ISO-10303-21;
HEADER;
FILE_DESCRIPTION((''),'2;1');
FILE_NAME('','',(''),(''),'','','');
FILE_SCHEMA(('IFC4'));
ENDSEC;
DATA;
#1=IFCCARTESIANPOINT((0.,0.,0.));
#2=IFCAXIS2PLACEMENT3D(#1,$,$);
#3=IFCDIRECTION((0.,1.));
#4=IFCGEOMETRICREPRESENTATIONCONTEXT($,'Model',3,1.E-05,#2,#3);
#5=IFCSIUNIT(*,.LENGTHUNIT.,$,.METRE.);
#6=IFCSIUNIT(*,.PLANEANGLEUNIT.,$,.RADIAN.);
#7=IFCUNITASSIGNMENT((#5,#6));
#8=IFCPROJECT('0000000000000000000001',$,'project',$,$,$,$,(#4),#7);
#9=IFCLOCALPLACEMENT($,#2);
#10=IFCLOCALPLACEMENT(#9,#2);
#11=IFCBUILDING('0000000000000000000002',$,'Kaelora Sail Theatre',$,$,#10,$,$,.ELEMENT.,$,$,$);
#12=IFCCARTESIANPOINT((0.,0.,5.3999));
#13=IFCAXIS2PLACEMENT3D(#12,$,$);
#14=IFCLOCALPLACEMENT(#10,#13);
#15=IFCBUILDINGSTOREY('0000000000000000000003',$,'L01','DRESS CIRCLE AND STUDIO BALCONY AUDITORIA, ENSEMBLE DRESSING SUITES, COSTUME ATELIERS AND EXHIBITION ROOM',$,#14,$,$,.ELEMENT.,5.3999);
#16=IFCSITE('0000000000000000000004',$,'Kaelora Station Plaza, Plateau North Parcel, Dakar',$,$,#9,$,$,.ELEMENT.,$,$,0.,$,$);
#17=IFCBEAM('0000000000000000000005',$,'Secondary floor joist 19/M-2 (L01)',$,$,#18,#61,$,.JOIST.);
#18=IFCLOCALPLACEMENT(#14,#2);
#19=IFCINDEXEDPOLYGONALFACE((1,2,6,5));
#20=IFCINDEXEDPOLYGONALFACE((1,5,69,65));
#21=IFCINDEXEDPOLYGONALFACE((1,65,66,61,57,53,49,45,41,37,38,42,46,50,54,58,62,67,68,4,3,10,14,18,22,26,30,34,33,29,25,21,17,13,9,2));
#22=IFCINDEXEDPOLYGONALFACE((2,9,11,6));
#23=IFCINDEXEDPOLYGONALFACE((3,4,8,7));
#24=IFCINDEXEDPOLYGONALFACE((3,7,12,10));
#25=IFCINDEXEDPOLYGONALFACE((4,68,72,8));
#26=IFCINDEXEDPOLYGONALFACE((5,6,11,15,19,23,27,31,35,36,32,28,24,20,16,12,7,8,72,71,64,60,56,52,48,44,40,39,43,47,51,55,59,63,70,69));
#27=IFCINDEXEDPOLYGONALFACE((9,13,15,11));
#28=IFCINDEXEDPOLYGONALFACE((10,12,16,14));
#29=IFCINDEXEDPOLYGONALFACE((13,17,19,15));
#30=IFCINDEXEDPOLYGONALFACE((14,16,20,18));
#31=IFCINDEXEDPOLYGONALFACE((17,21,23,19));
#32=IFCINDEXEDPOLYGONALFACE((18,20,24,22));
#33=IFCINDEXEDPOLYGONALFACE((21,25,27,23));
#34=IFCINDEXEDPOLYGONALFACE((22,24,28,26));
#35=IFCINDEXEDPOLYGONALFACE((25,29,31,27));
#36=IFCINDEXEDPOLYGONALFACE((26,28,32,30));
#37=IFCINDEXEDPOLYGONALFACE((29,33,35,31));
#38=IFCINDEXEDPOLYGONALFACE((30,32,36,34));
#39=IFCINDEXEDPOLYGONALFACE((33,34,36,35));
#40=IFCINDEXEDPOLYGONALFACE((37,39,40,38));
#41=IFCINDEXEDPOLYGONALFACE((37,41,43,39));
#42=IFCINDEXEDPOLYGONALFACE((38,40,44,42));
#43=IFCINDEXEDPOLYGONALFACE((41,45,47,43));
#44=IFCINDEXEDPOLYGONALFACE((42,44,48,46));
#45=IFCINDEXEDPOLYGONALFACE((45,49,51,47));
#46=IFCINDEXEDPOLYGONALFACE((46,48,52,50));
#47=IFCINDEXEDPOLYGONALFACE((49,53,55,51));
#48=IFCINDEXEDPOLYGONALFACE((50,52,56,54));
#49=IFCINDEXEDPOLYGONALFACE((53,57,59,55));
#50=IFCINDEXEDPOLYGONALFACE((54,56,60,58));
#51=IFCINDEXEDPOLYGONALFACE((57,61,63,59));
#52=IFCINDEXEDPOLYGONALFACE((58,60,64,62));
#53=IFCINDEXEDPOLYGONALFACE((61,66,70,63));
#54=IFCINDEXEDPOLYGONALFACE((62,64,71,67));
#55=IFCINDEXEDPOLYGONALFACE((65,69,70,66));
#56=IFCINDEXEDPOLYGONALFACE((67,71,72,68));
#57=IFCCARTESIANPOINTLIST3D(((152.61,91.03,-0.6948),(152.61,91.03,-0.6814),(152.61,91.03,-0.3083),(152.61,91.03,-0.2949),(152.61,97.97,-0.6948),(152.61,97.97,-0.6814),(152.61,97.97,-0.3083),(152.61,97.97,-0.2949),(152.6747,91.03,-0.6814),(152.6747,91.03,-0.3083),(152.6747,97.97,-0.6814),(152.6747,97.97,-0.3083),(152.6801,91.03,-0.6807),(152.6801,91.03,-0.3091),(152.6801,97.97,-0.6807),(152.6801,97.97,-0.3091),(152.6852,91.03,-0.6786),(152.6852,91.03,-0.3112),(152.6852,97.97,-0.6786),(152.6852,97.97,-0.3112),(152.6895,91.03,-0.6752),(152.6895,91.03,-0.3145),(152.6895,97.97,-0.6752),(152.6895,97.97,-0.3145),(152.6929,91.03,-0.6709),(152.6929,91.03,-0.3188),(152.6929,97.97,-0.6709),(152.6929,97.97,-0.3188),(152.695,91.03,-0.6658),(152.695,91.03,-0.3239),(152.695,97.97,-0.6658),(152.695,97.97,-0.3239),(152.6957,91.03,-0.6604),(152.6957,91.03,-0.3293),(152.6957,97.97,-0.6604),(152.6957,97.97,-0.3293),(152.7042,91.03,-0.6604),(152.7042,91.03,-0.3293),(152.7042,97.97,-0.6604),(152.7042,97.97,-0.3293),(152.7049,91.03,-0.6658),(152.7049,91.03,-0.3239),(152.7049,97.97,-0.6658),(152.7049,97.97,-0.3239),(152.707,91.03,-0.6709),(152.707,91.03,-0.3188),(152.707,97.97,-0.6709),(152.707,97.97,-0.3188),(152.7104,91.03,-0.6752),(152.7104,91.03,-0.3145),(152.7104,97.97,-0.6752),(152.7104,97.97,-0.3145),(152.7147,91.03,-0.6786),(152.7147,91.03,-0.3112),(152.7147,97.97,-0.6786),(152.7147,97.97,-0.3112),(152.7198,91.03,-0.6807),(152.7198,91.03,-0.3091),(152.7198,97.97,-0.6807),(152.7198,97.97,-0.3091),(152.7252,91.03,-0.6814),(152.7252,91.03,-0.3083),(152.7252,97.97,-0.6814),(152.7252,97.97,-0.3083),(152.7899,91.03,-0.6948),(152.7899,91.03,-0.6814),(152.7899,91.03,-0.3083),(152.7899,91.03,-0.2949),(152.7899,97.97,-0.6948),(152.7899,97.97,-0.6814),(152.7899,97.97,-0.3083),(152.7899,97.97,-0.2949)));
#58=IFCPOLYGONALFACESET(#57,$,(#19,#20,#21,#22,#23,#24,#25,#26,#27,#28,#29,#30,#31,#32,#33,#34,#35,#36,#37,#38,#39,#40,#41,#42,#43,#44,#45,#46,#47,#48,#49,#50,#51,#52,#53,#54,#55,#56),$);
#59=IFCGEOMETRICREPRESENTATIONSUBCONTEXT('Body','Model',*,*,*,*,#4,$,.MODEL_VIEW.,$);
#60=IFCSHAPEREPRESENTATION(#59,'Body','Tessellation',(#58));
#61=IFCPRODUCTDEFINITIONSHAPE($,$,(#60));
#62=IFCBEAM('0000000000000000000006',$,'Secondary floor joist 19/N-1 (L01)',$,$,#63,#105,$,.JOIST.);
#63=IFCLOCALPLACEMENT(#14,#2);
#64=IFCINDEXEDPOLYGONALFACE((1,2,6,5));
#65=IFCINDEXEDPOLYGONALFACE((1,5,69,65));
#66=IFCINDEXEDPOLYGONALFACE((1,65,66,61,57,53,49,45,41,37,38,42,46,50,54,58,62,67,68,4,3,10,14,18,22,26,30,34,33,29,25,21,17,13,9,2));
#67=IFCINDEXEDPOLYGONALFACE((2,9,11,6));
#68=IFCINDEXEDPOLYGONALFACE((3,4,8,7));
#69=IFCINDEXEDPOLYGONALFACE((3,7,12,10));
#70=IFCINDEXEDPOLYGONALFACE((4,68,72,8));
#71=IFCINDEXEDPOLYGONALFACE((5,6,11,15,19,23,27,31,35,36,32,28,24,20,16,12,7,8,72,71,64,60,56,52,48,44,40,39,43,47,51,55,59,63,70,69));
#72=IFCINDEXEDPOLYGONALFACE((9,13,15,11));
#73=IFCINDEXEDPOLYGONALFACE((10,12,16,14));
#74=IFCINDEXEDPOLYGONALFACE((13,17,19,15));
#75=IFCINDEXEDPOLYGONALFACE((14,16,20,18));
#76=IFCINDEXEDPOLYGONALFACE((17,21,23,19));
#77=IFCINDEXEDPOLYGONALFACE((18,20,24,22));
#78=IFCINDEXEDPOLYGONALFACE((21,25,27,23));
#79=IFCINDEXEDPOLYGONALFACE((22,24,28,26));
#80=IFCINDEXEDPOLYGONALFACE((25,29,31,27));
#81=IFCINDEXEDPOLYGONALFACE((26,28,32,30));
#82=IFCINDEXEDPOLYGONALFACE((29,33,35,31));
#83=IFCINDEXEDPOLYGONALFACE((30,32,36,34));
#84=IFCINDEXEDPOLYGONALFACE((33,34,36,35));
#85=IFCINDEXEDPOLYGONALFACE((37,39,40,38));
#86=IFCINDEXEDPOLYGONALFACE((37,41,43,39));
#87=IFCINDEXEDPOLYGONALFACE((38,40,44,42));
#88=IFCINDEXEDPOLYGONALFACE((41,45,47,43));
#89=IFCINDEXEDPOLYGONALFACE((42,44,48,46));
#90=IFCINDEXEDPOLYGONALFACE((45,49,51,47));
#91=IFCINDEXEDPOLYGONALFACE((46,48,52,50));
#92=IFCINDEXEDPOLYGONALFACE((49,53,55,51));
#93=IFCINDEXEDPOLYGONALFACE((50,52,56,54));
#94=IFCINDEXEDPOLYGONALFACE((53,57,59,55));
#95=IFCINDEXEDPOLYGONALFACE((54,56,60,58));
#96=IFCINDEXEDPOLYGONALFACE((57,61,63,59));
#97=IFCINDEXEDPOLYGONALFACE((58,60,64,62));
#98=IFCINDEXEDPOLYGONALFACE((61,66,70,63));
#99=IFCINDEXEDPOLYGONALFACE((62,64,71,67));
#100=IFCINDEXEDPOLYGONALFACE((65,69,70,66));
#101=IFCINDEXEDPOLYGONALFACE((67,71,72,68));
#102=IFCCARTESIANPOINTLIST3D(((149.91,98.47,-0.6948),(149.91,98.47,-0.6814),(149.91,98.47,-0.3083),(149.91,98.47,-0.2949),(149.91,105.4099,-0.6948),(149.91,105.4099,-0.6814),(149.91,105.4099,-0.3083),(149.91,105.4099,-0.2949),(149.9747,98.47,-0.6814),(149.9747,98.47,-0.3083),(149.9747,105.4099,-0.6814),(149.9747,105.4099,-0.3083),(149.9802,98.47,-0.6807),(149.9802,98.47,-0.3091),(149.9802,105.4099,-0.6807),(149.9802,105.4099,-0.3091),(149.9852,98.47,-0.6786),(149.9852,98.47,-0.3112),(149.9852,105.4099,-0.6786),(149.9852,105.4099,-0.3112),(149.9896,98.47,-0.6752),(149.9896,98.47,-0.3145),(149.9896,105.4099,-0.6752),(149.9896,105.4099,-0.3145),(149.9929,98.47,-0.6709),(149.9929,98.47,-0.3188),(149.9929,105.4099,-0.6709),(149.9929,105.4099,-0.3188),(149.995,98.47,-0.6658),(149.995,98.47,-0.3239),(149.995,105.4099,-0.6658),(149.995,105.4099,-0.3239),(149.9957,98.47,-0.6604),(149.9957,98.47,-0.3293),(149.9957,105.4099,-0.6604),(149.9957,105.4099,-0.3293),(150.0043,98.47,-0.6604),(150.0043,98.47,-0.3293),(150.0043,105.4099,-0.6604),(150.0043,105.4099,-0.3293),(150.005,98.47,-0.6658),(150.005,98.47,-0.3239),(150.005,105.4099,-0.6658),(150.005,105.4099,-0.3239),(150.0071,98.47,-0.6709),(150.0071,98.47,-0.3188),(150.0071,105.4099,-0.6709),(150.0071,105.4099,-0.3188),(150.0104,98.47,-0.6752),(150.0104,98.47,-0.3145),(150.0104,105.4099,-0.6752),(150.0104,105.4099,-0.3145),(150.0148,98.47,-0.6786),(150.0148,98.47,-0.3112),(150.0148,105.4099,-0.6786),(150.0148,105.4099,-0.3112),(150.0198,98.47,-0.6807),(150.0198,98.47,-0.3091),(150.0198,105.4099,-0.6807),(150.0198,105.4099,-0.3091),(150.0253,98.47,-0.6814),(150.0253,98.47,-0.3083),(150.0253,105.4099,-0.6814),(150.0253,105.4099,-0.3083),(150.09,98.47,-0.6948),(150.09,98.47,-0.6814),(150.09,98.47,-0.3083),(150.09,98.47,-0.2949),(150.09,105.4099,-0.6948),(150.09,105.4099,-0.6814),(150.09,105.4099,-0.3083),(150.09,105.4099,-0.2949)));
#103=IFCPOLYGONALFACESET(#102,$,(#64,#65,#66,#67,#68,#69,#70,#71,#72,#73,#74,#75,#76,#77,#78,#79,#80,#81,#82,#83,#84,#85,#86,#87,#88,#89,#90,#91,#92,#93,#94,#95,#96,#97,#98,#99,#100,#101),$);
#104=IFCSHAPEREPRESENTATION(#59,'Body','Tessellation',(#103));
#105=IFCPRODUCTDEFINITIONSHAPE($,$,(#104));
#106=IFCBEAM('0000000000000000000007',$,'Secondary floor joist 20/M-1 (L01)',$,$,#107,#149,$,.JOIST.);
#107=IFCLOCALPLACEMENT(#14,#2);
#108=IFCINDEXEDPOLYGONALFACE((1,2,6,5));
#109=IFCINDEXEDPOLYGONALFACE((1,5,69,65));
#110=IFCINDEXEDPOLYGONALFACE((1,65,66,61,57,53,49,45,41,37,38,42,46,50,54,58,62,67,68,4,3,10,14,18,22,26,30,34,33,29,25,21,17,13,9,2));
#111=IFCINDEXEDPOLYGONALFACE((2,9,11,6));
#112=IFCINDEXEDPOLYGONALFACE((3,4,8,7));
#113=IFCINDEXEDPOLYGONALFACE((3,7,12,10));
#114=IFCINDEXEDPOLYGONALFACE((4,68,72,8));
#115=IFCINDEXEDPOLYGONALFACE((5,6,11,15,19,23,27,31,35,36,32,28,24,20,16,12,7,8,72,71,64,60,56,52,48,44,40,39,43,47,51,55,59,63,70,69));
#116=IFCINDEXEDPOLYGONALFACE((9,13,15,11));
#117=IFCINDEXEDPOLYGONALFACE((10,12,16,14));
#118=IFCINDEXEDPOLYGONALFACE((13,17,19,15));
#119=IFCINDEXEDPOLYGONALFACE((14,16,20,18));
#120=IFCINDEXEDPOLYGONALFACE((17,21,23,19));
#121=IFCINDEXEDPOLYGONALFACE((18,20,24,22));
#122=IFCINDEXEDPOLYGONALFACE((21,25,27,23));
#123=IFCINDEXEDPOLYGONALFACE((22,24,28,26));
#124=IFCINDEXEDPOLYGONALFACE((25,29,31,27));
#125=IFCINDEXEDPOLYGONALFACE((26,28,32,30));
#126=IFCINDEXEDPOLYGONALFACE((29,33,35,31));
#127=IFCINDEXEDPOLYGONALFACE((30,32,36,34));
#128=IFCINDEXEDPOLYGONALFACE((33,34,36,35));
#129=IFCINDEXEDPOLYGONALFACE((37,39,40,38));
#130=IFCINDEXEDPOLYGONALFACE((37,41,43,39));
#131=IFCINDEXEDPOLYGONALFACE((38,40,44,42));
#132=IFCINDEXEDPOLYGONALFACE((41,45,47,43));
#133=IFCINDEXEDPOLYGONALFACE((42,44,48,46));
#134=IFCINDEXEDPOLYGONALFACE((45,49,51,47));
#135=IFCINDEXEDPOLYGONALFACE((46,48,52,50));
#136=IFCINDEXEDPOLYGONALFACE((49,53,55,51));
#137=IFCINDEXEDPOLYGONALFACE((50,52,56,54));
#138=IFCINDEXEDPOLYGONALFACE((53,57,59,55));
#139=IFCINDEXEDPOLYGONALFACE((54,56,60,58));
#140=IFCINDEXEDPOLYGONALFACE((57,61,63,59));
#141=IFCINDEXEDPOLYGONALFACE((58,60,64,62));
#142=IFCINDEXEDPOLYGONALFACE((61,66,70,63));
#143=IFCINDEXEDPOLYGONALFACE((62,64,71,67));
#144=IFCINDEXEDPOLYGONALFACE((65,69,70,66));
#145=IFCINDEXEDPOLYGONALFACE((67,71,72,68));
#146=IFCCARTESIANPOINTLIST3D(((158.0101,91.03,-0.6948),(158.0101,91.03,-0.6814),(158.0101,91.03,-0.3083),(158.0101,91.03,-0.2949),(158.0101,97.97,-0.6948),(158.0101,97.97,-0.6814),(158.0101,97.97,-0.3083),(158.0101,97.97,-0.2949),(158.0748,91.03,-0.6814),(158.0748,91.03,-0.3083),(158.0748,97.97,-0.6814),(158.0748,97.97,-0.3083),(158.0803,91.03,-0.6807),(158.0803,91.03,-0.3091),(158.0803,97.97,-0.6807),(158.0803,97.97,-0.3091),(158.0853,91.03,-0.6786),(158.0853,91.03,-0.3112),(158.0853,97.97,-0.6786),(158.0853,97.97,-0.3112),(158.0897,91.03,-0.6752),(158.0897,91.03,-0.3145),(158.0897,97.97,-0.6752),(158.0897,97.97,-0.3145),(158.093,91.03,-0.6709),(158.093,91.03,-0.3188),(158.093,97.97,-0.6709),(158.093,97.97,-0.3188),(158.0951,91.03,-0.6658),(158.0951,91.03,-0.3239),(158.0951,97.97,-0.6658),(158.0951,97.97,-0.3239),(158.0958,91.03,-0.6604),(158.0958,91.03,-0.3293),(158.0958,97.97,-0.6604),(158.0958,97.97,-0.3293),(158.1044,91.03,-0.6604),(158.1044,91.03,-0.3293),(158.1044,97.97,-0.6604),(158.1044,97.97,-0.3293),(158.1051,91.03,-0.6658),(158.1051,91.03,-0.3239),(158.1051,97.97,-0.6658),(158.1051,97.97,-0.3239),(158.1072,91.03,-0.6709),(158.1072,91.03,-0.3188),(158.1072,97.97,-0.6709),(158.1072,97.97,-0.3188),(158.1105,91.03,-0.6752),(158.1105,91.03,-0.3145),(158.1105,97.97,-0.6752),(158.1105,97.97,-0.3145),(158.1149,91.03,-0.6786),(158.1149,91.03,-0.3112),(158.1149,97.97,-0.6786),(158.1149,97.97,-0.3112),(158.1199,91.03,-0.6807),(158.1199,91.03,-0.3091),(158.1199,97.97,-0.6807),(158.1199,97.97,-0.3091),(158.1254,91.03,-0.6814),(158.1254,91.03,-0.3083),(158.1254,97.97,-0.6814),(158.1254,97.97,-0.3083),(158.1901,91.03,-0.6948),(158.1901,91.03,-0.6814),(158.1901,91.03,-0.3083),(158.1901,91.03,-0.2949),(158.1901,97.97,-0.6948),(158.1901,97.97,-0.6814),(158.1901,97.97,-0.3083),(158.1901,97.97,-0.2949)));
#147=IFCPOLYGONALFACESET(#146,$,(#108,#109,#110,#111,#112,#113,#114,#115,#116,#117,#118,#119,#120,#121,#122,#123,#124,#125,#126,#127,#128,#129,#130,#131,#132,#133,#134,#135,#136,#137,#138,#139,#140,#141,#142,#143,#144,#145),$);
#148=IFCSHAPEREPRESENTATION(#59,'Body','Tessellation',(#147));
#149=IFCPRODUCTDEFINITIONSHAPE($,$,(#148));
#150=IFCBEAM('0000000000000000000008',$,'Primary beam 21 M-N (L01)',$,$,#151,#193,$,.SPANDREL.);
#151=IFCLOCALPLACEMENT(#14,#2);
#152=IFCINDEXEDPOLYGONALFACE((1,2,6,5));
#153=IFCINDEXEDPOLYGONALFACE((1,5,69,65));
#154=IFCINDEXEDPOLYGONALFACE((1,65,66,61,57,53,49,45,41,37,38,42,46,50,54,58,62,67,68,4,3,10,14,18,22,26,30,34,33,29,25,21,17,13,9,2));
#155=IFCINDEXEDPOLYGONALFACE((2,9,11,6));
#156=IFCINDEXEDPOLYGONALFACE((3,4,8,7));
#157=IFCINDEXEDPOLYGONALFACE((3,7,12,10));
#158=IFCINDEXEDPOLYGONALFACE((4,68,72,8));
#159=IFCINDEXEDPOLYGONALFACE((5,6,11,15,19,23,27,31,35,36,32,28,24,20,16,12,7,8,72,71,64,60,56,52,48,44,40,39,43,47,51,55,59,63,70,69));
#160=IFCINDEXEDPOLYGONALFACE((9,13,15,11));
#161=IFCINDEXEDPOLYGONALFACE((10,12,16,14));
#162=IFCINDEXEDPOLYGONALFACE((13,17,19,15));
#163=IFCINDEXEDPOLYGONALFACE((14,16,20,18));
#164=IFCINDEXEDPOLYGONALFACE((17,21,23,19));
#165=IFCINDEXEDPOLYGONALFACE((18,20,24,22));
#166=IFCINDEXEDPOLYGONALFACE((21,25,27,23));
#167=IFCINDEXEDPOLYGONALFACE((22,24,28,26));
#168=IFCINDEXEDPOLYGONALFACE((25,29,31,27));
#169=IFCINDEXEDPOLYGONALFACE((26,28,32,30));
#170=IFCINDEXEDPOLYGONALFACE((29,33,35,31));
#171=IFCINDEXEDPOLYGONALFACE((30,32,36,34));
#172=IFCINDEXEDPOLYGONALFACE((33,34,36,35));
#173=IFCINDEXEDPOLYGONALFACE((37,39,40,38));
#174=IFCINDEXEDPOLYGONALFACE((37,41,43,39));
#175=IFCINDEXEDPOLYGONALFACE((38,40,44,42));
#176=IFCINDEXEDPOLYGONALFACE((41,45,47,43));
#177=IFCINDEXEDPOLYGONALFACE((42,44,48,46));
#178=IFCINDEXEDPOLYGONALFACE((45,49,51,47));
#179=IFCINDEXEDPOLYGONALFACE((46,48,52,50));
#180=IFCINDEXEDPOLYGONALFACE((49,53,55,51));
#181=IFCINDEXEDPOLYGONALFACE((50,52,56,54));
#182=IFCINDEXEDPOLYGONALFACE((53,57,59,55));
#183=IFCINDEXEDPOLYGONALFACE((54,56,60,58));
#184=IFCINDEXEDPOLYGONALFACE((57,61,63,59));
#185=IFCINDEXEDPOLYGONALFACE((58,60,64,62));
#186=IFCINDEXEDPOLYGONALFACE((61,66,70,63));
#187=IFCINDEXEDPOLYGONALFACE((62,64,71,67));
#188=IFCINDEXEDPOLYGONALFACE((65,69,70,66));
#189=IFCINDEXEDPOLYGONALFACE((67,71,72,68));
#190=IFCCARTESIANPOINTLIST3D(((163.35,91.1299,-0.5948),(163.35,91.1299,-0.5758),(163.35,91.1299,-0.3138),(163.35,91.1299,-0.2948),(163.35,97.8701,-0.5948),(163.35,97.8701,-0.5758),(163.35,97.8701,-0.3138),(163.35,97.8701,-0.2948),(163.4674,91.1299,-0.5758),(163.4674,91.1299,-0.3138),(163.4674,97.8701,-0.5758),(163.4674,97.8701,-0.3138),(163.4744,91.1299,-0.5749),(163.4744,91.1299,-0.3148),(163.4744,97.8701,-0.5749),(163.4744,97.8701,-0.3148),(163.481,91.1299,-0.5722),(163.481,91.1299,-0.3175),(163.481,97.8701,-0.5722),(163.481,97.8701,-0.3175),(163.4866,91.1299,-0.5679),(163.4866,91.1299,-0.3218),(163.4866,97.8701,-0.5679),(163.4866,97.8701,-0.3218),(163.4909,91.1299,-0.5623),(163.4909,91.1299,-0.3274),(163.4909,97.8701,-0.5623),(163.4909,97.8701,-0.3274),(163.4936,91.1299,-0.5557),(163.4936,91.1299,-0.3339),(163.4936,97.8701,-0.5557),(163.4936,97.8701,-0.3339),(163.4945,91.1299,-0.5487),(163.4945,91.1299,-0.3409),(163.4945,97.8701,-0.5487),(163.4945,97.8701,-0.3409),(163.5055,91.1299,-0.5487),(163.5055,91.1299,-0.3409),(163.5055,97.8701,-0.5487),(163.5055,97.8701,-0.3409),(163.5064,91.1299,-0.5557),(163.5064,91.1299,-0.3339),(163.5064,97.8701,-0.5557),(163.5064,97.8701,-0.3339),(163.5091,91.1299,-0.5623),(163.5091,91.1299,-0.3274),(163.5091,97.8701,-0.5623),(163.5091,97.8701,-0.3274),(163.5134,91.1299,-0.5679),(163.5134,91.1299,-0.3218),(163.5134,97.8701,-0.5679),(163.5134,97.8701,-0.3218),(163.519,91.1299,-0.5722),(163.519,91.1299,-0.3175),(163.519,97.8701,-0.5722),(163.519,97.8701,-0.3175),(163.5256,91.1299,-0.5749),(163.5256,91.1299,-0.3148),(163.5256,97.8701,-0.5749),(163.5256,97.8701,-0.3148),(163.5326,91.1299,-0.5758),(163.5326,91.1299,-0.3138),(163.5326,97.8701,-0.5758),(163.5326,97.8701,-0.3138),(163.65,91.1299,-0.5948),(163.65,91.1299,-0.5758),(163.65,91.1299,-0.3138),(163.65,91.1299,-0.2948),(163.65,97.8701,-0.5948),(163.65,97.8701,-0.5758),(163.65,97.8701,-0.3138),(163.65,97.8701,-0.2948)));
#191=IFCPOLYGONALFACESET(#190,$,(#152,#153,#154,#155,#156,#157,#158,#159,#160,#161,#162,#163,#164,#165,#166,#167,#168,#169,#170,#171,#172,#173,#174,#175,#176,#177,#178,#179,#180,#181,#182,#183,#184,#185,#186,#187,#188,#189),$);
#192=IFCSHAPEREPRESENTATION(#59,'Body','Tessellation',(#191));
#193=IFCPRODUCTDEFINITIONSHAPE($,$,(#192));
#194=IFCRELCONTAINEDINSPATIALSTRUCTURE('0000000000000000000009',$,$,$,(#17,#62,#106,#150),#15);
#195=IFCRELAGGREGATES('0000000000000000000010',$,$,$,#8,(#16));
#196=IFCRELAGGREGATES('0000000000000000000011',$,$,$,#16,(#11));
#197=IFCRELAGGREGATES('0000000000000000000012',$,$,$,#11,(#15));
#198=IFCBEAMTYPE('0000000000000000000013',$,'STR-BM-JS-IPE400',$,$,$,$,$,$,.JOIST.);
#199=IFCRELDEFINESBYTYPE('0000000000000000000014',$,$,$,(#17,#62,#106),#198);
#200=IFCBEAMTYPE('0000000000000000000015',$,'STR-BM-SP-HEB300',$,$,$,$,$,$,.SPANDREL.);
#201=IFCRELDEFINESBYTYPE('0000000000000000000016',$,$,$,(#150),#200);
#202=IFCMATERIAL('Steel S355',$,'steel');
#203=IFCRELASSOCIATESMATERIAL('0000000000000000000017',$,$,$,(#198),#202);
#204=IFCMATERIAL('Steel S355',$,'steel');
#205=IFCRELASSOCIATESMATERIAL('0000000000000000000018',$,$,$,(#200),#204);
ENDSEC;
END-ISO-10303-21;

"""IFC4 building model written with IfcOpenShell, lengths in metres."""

from ifc_helpers import new_model, si_unit, direction, frame, origin, origin_2d, place, context, subcontext, project, spatial, i_section, extrude, material, material_profile, profile_set, type_object, element, save


model = new_model("IFC4")

# Units and contexts
model_context = context("Model", 3, precision=1e-05, world=origin(), true_north=direction((0.0, 1.0)))
body_context = subcontext(model_context, "Body", "Model", "MODEL_VIEW")
ifc_project = project(units=[si_unit("LENGTHUNIT", "METRE"), si_unit("PLANEANGLEUNIT", "RADIAN")], contexts=[model_context])

# Site, building, storey
site_placement = place(None, origin())
site = spatial("IfcSite", under=ifc_project, at=site_placement, Name="Kaelora Station Plaza, Plateau North Parcel, Dakar", CompositionType="ELEMENT", RefElevation=0.0)
building_placement = place(site_placement, origin())
building = spatial("IfcBuilding", under=site, at=building_placement, Name="Kaelora Sail Theatre", CompositionType="ELEMENT")
storey_placement = place(building_placement, frame((0.0, 0.0, 5.3999)))
storey = spatial("IfcBuildingStorey", under=building, at=storey_placement, Name="L01", Description="DRESS CIRCLE AND STUDIO BALCONY AUDITORIA, ENSEMBLE DRESSING SUITES, COSTUME ATELIERS AND EXHIBITION ROOM", CompositionType="ELEMENT", Elevation=5.3999)

# Beams
ifc_material_1 = material(Name="Steel S355", Category="steel")
ifc_material_profile_1 = material_profile(ifc_material_1, i_section(OverallWidth=0.1799, OverallDepth=0.3999, WebThickness=0.0085, FlangeThickness=0.0134, FilletRadius=0.021, at=origin_2d()), Name="IPE 400")
ifc_profile_set_1 = profile_set([ifc_material_profile_1], Name="Steel S355")
beam_type_1 = type_object("IfcBeamType", Name="STR-BM-JS-IPE400", PredefinedType="JOIST", material=ifc_profile_set_1)
for number, where, z_axis, x_axis, name in (
    (1, (152.7, 91.03, -0.4949), (0.0, 1.0, 0.0), (-1.0, 0.0, 0.0), "Secondary floor joist 19/M-2 (L01)"),
    (2, (150.0, 98.47, -0.4949), (0.0, 1.0, 0.0), (-1.0, 0.0, 0.0), "Secondary floor joist 19/N-1 (L01)"),
    (3, (158.1001, 91.03, -0.4949), (0.0, 1.0, 0.0), (-1.0, 0.0, 0.0), "Secondary floor joist 20/M-1 (L01)"),
):
    element("IfcBeam", number, at=place(storey_placement, frame(where, z_axis=z_axis, x_axis=x_axis)), inside=storey, type_object=beam_type_1, Name=name, PredefinedType="JOIST", context=body_context, shape_type="SweptSolid", body=[
        extrude(i_section(OverallWidth=0.1799, OverallDepth=0.3999, WebThickness=0.0085, FlangeThickness=0.0134, FilletRadius=0.021, at=origin_2d()), origin(), (0.0, 0.0, 1.0), 6.9399),
    ])
ifc_material_2 = material(Name="Steel S355", Category="steel")
ifc_material_profile_2 = material_profile(ifc_material_2, i_section(OverallWidth=0.3, OverallDepth=0.3, WebThickness=0.011, FlangeThickness=0.019, FilletRadius=0.0271, at=origin_2d()), Name="HEB 300")
ifc_profile_set_2 = profile_set([ifc_material_profile_2], Name="Steel S355")
beam_type_2 = type_object("IfcBeamType", Name="STR-BM-SP-HEB300", PredefinedType="SPANDREL", material=ifc_profile_set_2)
beam_1_placement = place(storey_placement, frame((163.5, 91.1299, -0.4448), z_axis=(0.0, 1.0, 0.0), x_axis=(-1.0, 0.0, 0.0)))
element("IfcBeam", 4, at=beam_1_placement, inside=storey, type_object=beam_type_2, Name="Primary beam 21 M-N (L01)", PredefinedType="SPANDREL", context=body_context, shape_type="SweptSolid", body=[
    extrude(i_section(OverallWidth=0.3, OverallDepth=0.3, WebThickness=0.011, FlangeThickness=0.019, FilletRadius=0.0271, at=origin_2d()), origin(), (0.0, 0.0, 1.0), 6.7402),
])

save(model, "model.ifc")
